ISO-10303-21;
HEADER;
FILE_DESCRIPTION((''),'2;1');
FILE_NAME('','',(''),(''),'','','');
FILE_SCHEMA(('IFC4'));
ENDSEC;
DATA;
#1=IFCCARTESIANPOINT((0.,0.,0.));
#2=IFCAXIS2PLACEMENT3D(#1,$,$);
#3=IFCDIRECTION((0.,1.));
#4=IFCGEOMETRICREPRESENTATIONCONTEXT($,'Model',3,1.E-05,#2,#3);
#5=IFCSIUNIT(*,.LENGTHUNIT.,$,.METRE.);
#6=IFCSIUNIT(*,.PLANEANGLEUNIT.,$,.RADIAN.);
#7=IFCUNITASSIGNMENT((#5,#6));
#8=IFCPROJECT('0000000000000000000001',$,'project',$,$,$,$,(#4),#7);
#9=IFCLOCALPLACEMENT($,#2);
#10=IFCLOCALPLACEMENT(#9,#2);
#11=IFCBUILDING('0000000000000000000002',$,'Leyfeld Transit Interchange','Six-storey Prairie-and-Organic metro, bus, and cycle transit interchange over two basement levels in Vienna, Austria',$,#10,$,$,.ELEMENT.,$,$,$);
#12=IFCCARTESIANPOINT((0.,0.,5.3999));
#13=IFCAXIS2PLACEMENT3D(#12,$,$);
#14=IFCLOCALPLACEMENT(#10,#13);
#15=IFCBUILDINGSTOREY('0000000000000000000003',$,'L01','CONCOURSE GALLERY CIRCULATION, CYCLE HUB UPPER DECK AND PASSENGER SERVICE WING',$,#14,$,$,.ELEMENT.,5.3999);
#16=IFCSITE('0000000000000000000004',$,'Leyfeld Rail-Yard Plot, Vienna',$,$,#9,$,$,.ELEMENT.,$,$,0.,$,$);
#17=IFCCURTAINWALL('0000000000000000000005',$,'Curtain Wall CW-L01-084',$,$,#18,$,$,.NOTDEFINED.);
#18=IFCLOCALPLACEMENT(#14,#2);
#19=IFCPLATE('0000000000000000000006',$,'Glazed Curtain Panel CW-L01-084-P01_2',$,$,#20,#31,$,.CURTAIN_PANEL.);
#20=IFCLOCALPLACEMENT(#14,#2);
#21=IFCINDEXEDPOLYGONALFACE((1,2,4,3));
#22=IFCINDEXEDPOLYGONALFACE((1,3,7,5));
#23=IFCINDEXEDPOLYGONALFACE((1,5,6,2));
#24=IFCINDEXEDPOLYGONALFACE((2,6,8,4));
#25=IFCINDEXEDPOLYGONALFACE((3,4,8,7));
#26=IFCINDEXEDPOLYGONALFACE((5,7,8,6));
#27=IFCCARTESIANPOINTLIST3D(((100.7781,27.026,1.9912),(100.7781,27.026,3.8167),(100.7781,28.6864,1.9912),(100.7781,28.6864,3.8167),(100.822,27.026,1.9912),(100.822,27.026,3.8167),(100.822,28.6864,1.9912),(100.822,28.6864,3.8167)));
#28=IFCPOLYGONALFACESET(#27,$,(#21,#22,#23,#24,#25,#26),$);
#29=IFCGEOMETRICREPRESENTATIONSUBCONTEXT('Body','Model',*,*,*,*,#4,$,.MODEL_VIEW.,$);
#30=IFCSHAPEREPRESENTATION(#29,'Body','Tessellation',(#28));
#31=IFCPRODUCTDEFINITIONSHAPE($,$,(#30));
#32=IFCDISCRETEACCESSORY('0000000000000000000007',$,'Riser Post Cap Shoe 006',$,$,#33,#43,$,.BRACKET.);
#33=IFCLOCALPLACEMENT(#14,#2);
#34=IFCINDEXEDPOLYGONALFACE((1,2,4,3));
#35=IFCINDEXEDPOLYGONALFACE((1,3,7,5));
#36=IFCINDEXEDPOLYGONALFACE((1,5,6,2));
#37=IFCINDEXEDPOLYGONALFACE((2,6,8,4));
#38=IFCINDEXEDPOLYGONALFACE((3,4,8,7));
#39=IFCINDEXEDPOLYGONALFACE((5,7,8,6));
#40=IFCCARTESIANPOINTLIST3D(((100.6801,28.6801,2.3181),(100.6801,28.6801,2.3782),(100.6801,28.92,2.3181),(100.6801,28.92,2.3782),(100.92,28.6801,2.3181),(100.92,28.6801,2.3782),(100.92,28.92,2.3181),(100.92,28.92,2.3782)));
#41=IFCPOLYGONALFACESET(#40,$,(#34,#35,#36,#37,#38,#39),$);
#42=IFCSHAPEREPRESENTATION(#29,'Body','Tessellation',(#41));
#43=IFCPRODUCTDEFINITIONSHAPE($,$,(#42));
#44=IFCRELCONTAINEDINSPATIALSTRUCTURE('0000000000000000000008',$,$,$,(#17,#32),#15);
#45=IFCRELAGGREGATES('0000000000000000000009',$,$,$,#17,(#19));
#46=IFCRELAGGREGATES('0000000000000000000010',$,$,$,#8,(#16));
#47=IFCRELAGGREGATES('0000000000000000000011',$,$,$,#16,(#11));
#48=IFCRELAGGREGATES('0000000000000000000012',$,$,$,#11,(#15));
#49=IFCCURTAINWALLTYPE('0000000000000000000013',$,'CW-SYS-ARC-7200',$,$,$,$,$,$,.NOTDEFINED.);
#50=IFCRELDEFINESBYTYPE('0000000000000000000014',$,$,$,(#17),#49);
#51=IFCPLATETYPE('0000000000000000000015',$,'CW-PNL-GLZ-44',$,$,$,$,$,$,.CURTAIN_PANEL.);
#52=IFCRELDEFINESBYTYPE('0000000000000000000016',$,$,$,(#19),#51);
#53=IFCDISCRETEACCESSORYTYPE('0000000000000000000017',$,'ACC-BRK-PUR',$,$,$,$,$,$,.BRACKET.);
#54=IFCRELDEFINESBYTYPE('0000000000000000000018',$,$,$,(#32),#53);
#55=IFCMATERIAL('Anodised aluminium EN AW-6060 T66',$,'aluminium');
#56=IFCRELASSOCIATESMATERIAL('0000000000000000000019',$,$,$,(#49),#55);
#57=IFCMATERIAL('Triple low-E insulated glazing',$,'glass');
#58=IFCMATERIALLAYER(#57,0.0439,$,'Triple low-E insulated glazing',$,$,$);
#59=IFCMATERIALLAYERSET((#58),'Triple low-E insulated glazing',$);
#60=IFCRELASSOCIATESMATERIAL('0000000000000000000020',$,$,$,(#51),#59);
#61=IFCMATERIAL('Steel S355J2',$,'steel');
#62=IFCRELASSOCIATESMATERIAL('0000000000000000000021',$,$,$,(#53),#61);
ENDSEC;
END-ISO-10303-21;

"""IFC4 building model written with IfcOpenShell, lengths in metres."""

from ifc_helpers import new_model, si_unit, direction, frame, origin, origin_2d, place, context, subcontext, project, spatial, rectangle, extrude, material, layer, layer_set, type_object, element, aggregate, save


model = new_model("IFC4")

# Units and contexts
model_context = context("Model", 3, precision=1e-05, world=origin(), true_north=direction((0.0, 1.0)))
body_context = subcontext(model_context, "Body", "Model", "MODEL_VIEW")
ifc_project = project(units=[si_unit("LENGTHUNIT", "METRE"), si_unit("PLANEANGLEUNIT", "RADIAN")], contexts=[model_context])

# Site, building, storey
site_placement = place(None, origin())
site = spatial("IfcSite", under=ifc_project, at=site_placement, Name="Leyfeld Rail-Yard Plot, Vienna", CompositionType="ELEMENT", RefElevation=0.0)
building_placement = place(site_placement, origin())
building = spatial("IfcBuilding", under=site, at=building_placement, Name="Leyfeld Transit Interchange", Description="Six-storey Prairie-and-Organic metro, bus, and cycle transit interchange over two basement levels in Vienna, Austria", CompositionType="ELEMENT")
storey_placement = place(building_placement, frame((0.0, 0.0, 5.3999)))
storey = spatial("IfcBuildingStorey", under=building, at=storey_placement, Name="L01", Description="CONCOURSE GALLERY CIRCULATION, CYCLE HUB UPPER DECK AND PASSENGER SERVICE WING", CompositionType="ELEMENT", Elevation=5.3999)

# Shared definitions
ifc_material_1 = material(Name="Steel S355J2", Category="steel")

# Shared definitions
ifc_material_2 = material(Name="Anodised aluminium EN AW-6060 T66", Category="aluminium")
curtain_wall_type = type_object("IfcCurtainWallType", Name="CW-SYS-ARC-7200", PredefinedType="NOTDEFINED", material=ifc_material_2)

# Curtain wall
curtain_wall_1_placement = place(storey_placement, origin())
curtain_wall_1 = element("IfcCurtainWall", 1, at=curtain_wall_1_placement, inside=storey, type_object=curtain_wall_type, Name="Curtain Wall CW-L01-084", PredefinedType="NOTDEFINED")

# Plate
ifc_material_3 = material(Name="Triple low-E insulated glazing", Category="glass")
ifc_layer = layer(ifc_material_3, 0.0439, Name="Triple low-E insulated glazing")
ifc_layer_set = layer_set([ifc_layer], Name="Triple low-E insulated glazing")
plate_type = type_object("IfcPlateType", Name="CW-PNL-GLZ-44", PredefinedType="CURTAIN_PANEL", material=ifc_layer_set)
plate_1_placement = place(storey_placement, frame((100.8, 27.8562, 1.9912), z_axis=(0.0, 0.0, 1.0), x_axis=(0.0, -1.0, 0.0)))
plate_1 = element("IfcPlate", 2, at=plate_1_placement, type_object=plate_type, Name="Glazed Curtain Panel CW-L01-084-P01_2", PredefinedType="CURTAIN_PANEL", context=body_context, shape_type="SweptSolid", body=[
    extrude(rectangle(XDim=1.6604, YDim=0.0439, at=origin_2d()), origin(), (0.0, 0.0, 1.0), 1.8254),
])
aggregate(curtain_wall_1, [plate_1])

# Discrete accessory
discrete_accessory_type = type_object("IfcDiscreteAccessoryType", Name="ACC-BRK-PUR", PredefinedType="BRACKET", material=ifc_material_1)
discrete_accessory_placement = place(storey_placement, frame((100.8, 28.8, 2.3181), z_axis=(0.0, 0.0, 1.0), x_axis=(1.0, 0.0, 0.0)))
element("IfcDiscreteAccessory", 3, at=discrete_accessory_placement, inside=storey, type_object=discrete_accessory_type, Name="Riser Post Cap Shoe 006", PredefinedType="BRACKET", context=body_context, shape_type="SweptSolid", body=[
    extrude(rectangle(XDim=0.24, YDim=0.24, at=origin_2d()), origin(), (0.0, 0.0, 1.0), 0.0601),
])

save(model, "model.ifc")
